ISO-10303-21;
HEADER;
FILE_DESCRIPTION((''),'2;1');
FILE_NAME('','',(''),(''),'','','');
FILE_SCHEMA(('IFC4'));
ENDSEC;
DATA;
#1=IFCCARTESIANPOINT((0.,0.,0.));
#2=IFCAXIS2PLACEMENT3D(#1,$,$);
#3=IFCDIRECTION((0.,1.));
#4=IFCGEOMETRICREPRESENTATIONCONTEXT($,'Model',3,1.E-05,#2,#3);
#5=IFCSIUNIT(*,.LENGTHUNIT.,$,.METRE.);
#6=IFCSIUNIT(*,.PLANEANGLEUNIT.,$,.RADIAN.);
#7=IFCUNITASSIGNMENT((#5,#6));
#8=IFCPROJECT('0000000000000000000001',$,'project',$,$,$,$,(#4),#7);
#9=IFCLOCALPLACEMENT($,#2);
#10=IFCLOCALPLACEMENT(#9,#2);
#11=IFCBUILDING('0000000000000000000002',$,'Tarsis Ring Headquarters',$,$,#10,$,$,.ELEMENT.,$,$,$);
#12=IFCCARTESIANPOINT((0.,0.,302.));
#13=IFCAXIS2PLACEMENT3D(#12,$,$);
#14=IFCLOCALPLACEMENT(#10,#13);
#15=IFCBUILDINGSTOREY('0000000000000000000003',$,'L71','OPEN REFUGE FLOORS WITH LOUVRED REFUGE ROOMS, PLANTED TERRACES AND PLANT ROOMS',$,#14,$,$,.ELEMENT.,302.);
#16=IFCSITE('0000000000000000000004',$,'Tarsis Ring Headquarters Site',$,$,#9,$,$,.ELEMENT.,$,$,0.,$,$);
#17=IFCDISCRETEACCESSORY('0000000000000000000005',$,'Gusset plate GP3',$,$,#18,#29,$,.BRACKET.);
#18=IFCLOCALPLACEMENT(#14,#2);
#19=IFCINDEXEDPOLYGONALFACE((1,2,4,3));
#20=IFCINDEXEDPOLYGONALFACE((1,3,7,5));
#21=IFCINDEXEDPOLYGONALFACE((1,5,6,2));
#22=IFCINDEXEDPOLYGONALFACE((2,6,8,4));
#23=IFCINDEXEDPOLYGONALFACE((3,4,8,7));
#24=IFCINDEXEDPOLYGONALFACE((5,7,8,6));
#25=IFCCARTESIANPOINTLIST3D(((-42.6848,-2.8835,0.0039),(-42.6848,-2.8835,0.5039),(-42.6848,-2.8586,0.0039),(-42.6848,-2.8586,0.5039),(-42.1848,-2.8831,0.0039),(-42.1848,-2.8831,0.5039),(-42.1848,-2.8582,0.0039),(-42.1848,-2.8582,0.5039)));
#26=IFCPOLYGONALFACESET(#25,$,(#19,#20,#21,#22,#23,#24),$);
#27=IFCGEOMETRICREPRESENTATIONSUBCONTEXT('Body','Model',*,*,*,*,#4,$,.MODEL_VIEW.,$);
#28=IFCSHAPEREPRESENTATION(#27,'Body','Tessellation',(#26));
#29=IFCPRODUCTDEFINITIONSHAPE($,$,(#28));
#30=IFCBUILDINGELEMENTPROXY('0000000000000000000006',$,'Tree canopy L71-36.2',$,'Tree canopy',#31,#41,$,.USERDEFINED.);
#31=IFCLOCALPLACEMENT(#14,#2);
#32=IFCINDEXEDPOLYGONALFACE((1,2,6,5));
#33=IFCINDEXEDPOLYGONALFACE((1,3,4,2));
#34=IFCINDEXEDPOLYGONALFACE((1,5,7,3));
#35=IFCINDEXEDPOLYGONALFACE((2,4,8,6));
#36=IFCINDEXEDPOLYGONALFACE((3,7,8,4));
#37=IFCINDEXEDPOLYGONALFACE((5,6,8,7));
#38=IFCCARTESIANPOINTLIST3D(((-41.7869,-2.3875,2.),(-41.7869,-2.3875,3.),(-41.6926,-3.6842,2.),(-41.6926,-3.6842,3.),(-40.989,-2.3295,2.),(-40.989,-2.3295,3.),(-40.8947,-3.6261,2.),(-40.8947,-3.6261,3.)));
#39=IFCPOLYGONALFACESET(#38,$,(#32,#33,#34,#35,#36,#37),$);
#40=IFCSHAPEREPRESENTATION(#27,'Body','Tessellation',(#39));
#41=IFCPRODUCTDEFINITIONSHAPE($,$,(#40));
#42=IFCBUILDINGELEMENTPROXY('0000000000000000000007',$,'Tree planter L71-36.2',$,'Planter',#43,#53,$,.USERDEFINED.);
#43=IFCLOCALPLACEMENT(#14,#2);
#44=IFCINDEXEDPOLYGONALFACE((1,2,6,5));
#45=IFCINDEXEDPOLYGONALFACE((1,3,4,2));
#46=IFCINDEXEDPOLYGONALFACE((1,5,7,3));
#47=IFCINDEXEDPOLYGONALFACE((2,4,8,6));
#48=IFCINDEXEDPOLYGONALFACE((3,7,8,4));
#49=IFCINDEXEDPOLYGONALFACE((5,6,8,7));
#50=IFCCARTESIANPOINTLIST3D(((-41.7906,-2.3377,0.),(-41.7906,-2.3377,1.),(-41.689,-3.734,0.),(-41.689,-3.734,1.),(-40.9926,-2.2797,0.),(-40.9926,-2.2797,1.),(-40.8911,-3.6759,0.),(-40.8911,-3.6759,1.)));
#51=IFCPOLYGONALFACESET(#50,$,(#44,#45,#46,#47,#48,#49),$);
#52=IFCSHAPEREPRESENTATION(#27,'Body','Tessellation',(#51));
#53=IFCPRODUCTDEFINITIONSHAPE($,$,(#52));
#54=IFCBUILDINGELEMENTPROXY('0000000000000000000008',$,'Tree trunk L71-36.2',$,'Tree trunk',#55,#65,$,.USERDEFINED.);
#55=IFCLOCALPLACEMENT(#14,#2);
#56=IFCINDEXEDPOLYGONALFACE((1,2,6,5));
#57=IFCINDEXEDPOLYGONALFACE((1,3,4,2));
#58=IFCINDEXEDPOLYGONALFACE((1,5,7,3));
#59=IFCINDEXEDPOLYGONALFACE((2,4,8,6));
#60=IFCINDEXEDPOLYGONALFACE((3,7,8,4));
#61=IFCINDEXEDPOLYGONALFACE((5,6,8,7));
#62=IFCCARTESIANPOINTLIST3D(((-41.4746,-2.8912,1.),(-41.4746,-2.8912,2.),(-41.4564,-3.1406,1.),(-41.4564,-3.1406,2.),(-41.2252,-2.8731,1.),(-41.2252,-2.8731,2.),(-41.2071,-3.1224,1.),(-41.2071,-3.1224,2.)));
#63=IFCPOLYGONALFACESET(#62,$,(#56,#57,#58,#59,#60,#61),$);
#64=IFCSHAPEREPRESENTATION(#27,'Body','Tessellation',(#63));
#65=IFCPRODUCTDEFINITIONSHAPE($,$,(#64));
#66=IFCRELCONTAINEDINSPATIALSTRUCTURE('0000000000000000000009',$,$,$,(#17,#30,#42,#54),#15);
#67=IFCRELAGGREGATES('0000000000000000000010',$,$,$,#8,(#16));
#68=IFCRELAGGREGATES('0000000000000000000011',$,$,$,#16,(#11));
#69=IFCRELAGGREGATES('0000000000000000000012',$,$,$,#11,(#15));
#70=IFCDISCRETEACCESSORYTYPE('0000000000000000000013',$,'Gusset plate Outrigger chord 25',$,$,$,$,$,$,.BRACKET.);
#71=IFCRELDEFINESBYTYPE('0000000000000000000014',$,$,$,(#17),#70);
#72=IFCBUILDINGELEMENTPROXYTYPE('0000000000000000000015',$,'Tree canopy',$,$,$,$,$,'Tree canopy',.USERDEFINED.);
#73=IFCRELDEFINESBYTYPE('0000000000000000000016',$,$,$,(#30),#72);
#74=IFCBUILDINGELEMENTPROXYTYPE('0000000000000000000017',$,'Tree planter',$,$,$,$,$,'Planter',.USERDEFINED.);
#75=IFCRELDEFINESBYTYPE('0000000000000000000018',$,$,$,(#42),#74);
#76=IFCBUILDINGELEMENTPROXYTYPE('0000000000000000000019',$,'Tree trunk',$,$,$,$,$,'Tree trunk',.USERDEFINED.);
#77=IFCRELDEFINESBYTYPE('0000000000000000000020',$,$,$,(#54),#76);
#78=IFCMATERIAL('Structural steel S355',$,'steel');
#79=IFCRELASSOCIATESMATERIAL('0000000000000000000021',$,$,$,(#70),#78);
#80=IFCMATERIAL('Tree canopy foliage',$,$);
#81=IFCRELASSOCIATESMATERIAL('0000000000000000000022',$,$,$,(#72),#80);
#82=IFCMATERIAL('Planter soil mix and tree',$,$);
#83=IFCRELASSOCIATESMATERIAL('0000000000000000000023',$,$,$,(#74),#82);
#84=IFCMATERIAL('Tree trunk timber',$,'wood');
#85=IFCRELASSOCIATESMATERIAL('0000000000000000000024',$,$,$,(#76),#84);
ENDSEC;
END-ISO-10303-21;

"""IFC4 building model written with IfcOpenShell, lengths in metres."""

from ifc_helpers import new_model, si_unit, direction, frame, origin, origin_2d, place, context, subcontext, project, spatial, rectangle, extrude, material, material_profile, profile_set, type_object, element, save


model = new_model("IFC4")

# Units and contexts
model_context = context("Model", 3, precision=1e-05, world=origin(), true_north=direction((0.0, 1.0)))
body_context = subcontext(model_context, "Body", "Model", "MODEL_VIEW")
ifc_project = project(units=[si_unit("LENGTHUNIT", "METRE"), si_unit("PLANEANGLEUNIT", "RADIAN")], contexts=[model_context])

# Site, building, storey
site_placement = place(None, origin())
site = spatial("IfcSite", under=ifc_project, at=site_placement, Name="Tarsis Ring Headquarters Site", CompositionType="ELEMENT", RefElevation=0.0)
building_placement = place(site_placement, origin())
building = spatial("IfcBuilding", under=site, at=building_placement, Name="Tarsis Ring Headquarters", CompositionType="ELEMENT")
storey_placement = place(building_placement, frame((0.0, 0.0, 302.0)))
storey = spatial("IfcBuildingStorey", under=building, at=storey_placement, Name="L71", Description="OPEN REFUGE FLOORS WITH LOUVRED REFUGE ROOMS, PLANTED TERRACES AND PLANT ROOMS", CompositionType="ELEMENT", Elevation=302.0)

# Shared definitions
ifc_material_1 = material(Name="Structural steel S355", Category="steel")

# Discrete accessory
ifc_material_profile_1 = material_profile(ifc_material_1, rectangle(XDim=0.0249, YDim=0.5, at=origin_2d()), Name="PL 25x500")
ifc_profile_set_1 = profile_set([ifc_material_profile_1], Name="Structural steel S355")
discrete_accessory_type_1 = type_object("IfcDiscreteAccessoryType", Name="Gusset plate Outrigger chord 25", PredefinedType="BRACKET", material=ifc_profile_set_1)
discrete_accessory_1_placement = place(storey_placement, frame((-42.6848, -2.8711, 0.2539), z_axis=(1.0, 0.000977, 0.0), x_axis=(-0.000977, 1.0, 0.0)))
element("IfcDiscreteAccessory", 1, at=discrete_accessory_1_placement, inside=storey, type_object=discrete_accessory_type_1, Name="Gusset plate GP3", PredefinedType="BRACKET", context=body_context, shape_type="SweptSolid", body=[
    extrude(rectangle(XDim=0.0249, YDim=0.5, at=origin_2d()), origin(), (0.0, 0.0, 1.0), 0.5),
])

# Building element proxies
ifc_material_2 = material(Name="Tree canopy foliage")
building_element_proxy_type_1 = type_object("IfcBuildingElementProxyType", Name="Tree canopy", ElementType="Tree canopy", PredefinedType="USERDEFINED", material=ifc_material_2)
proxy_1_placement = place(storey_placement, frame((-41.3408, -3.0068, 2.0), z_axis=(0.0, 0.0, 1.0), x_axis=(0.072542, -0.997365, 0.0)))
element("IfcBuildingElementProxy", 2, at=proxy_1_placement, inside=storey, type_object=building_element_proxy_type_1, Name="Tree canopy L71-36.2", ObjectType="Tree canopy", PredefinedType="USERDEFINED", context=body_context, shape_type="SweptSolid", body=[
    extrude(rectangle(XDim=1.3, YDim=0.8, at=origin_2d()), origin(), (0.0, 0.0, 1.0), 1.0),
])
ifc_material_3 = material(Name="Planter soil mix and tree")
building_element_proxy_type_2 = type_object("IfcBuildingElementProxyType", Name="Tree planter", ElementType="Planter", PredefinedType="USERDEFINED", material=ifc_material_3)
proxy_2_placement = place(storey_placement, frame((-41.3408, -3.0068, 0.0), z_axis=(0.0, 0.0, 1.0), x_axis=(0.072542, -0.997365, 0.0)))
element("IfcBuildingElementProxy", 3, at=proxy_2_placement, inside=storey, type_object=building_element_proxy_type_2, Name="Tree planter L71-36.2", ObjectType="Planter", PredefinedType="USERDEFINED", context=body_context, shape_type="SweptSolid", body=[
    extrude(rectangle(XDim=1.3999, YDim=0.8, at=origin_2d()), origin(), (0.0, 0.0, 1.0), 1.0),
])
ifc_material_4 = material(Name="Tree trunk timber", Category="wood")
building_element_proxy_type_3 = type_object("IfcBuildingElementProxyType", Name="Tree trunk", ElementType="Tree trunk", PredefinedType="USERDEFINED", material=ifc_material_4)
proxy_3_placement = place(storey_placement, frame((-41.3408, -3.0068, 1.0), z_axis=(0.0, 0.0, 1.0), x_axis=(0.072542, -0.997365, 0.0)))
element("IfcBuildingElementProxy", 4, at=proxy_3_placement, inside=storey, type_object=building_element_proxy_type_3, Name="Tree trunk L71-36.2", ObjectType="Tree trunk", PredefinedType="USERDEFINED", context=body_context, shape_type="SweptSolid", body=[
    extrude(rectangle(XDim=0.25, YDim=0.25, at=origin_2d()), origin(), (0.0, 0.0, 1.0), 1.0),
])

save(model, "model.ifc")
